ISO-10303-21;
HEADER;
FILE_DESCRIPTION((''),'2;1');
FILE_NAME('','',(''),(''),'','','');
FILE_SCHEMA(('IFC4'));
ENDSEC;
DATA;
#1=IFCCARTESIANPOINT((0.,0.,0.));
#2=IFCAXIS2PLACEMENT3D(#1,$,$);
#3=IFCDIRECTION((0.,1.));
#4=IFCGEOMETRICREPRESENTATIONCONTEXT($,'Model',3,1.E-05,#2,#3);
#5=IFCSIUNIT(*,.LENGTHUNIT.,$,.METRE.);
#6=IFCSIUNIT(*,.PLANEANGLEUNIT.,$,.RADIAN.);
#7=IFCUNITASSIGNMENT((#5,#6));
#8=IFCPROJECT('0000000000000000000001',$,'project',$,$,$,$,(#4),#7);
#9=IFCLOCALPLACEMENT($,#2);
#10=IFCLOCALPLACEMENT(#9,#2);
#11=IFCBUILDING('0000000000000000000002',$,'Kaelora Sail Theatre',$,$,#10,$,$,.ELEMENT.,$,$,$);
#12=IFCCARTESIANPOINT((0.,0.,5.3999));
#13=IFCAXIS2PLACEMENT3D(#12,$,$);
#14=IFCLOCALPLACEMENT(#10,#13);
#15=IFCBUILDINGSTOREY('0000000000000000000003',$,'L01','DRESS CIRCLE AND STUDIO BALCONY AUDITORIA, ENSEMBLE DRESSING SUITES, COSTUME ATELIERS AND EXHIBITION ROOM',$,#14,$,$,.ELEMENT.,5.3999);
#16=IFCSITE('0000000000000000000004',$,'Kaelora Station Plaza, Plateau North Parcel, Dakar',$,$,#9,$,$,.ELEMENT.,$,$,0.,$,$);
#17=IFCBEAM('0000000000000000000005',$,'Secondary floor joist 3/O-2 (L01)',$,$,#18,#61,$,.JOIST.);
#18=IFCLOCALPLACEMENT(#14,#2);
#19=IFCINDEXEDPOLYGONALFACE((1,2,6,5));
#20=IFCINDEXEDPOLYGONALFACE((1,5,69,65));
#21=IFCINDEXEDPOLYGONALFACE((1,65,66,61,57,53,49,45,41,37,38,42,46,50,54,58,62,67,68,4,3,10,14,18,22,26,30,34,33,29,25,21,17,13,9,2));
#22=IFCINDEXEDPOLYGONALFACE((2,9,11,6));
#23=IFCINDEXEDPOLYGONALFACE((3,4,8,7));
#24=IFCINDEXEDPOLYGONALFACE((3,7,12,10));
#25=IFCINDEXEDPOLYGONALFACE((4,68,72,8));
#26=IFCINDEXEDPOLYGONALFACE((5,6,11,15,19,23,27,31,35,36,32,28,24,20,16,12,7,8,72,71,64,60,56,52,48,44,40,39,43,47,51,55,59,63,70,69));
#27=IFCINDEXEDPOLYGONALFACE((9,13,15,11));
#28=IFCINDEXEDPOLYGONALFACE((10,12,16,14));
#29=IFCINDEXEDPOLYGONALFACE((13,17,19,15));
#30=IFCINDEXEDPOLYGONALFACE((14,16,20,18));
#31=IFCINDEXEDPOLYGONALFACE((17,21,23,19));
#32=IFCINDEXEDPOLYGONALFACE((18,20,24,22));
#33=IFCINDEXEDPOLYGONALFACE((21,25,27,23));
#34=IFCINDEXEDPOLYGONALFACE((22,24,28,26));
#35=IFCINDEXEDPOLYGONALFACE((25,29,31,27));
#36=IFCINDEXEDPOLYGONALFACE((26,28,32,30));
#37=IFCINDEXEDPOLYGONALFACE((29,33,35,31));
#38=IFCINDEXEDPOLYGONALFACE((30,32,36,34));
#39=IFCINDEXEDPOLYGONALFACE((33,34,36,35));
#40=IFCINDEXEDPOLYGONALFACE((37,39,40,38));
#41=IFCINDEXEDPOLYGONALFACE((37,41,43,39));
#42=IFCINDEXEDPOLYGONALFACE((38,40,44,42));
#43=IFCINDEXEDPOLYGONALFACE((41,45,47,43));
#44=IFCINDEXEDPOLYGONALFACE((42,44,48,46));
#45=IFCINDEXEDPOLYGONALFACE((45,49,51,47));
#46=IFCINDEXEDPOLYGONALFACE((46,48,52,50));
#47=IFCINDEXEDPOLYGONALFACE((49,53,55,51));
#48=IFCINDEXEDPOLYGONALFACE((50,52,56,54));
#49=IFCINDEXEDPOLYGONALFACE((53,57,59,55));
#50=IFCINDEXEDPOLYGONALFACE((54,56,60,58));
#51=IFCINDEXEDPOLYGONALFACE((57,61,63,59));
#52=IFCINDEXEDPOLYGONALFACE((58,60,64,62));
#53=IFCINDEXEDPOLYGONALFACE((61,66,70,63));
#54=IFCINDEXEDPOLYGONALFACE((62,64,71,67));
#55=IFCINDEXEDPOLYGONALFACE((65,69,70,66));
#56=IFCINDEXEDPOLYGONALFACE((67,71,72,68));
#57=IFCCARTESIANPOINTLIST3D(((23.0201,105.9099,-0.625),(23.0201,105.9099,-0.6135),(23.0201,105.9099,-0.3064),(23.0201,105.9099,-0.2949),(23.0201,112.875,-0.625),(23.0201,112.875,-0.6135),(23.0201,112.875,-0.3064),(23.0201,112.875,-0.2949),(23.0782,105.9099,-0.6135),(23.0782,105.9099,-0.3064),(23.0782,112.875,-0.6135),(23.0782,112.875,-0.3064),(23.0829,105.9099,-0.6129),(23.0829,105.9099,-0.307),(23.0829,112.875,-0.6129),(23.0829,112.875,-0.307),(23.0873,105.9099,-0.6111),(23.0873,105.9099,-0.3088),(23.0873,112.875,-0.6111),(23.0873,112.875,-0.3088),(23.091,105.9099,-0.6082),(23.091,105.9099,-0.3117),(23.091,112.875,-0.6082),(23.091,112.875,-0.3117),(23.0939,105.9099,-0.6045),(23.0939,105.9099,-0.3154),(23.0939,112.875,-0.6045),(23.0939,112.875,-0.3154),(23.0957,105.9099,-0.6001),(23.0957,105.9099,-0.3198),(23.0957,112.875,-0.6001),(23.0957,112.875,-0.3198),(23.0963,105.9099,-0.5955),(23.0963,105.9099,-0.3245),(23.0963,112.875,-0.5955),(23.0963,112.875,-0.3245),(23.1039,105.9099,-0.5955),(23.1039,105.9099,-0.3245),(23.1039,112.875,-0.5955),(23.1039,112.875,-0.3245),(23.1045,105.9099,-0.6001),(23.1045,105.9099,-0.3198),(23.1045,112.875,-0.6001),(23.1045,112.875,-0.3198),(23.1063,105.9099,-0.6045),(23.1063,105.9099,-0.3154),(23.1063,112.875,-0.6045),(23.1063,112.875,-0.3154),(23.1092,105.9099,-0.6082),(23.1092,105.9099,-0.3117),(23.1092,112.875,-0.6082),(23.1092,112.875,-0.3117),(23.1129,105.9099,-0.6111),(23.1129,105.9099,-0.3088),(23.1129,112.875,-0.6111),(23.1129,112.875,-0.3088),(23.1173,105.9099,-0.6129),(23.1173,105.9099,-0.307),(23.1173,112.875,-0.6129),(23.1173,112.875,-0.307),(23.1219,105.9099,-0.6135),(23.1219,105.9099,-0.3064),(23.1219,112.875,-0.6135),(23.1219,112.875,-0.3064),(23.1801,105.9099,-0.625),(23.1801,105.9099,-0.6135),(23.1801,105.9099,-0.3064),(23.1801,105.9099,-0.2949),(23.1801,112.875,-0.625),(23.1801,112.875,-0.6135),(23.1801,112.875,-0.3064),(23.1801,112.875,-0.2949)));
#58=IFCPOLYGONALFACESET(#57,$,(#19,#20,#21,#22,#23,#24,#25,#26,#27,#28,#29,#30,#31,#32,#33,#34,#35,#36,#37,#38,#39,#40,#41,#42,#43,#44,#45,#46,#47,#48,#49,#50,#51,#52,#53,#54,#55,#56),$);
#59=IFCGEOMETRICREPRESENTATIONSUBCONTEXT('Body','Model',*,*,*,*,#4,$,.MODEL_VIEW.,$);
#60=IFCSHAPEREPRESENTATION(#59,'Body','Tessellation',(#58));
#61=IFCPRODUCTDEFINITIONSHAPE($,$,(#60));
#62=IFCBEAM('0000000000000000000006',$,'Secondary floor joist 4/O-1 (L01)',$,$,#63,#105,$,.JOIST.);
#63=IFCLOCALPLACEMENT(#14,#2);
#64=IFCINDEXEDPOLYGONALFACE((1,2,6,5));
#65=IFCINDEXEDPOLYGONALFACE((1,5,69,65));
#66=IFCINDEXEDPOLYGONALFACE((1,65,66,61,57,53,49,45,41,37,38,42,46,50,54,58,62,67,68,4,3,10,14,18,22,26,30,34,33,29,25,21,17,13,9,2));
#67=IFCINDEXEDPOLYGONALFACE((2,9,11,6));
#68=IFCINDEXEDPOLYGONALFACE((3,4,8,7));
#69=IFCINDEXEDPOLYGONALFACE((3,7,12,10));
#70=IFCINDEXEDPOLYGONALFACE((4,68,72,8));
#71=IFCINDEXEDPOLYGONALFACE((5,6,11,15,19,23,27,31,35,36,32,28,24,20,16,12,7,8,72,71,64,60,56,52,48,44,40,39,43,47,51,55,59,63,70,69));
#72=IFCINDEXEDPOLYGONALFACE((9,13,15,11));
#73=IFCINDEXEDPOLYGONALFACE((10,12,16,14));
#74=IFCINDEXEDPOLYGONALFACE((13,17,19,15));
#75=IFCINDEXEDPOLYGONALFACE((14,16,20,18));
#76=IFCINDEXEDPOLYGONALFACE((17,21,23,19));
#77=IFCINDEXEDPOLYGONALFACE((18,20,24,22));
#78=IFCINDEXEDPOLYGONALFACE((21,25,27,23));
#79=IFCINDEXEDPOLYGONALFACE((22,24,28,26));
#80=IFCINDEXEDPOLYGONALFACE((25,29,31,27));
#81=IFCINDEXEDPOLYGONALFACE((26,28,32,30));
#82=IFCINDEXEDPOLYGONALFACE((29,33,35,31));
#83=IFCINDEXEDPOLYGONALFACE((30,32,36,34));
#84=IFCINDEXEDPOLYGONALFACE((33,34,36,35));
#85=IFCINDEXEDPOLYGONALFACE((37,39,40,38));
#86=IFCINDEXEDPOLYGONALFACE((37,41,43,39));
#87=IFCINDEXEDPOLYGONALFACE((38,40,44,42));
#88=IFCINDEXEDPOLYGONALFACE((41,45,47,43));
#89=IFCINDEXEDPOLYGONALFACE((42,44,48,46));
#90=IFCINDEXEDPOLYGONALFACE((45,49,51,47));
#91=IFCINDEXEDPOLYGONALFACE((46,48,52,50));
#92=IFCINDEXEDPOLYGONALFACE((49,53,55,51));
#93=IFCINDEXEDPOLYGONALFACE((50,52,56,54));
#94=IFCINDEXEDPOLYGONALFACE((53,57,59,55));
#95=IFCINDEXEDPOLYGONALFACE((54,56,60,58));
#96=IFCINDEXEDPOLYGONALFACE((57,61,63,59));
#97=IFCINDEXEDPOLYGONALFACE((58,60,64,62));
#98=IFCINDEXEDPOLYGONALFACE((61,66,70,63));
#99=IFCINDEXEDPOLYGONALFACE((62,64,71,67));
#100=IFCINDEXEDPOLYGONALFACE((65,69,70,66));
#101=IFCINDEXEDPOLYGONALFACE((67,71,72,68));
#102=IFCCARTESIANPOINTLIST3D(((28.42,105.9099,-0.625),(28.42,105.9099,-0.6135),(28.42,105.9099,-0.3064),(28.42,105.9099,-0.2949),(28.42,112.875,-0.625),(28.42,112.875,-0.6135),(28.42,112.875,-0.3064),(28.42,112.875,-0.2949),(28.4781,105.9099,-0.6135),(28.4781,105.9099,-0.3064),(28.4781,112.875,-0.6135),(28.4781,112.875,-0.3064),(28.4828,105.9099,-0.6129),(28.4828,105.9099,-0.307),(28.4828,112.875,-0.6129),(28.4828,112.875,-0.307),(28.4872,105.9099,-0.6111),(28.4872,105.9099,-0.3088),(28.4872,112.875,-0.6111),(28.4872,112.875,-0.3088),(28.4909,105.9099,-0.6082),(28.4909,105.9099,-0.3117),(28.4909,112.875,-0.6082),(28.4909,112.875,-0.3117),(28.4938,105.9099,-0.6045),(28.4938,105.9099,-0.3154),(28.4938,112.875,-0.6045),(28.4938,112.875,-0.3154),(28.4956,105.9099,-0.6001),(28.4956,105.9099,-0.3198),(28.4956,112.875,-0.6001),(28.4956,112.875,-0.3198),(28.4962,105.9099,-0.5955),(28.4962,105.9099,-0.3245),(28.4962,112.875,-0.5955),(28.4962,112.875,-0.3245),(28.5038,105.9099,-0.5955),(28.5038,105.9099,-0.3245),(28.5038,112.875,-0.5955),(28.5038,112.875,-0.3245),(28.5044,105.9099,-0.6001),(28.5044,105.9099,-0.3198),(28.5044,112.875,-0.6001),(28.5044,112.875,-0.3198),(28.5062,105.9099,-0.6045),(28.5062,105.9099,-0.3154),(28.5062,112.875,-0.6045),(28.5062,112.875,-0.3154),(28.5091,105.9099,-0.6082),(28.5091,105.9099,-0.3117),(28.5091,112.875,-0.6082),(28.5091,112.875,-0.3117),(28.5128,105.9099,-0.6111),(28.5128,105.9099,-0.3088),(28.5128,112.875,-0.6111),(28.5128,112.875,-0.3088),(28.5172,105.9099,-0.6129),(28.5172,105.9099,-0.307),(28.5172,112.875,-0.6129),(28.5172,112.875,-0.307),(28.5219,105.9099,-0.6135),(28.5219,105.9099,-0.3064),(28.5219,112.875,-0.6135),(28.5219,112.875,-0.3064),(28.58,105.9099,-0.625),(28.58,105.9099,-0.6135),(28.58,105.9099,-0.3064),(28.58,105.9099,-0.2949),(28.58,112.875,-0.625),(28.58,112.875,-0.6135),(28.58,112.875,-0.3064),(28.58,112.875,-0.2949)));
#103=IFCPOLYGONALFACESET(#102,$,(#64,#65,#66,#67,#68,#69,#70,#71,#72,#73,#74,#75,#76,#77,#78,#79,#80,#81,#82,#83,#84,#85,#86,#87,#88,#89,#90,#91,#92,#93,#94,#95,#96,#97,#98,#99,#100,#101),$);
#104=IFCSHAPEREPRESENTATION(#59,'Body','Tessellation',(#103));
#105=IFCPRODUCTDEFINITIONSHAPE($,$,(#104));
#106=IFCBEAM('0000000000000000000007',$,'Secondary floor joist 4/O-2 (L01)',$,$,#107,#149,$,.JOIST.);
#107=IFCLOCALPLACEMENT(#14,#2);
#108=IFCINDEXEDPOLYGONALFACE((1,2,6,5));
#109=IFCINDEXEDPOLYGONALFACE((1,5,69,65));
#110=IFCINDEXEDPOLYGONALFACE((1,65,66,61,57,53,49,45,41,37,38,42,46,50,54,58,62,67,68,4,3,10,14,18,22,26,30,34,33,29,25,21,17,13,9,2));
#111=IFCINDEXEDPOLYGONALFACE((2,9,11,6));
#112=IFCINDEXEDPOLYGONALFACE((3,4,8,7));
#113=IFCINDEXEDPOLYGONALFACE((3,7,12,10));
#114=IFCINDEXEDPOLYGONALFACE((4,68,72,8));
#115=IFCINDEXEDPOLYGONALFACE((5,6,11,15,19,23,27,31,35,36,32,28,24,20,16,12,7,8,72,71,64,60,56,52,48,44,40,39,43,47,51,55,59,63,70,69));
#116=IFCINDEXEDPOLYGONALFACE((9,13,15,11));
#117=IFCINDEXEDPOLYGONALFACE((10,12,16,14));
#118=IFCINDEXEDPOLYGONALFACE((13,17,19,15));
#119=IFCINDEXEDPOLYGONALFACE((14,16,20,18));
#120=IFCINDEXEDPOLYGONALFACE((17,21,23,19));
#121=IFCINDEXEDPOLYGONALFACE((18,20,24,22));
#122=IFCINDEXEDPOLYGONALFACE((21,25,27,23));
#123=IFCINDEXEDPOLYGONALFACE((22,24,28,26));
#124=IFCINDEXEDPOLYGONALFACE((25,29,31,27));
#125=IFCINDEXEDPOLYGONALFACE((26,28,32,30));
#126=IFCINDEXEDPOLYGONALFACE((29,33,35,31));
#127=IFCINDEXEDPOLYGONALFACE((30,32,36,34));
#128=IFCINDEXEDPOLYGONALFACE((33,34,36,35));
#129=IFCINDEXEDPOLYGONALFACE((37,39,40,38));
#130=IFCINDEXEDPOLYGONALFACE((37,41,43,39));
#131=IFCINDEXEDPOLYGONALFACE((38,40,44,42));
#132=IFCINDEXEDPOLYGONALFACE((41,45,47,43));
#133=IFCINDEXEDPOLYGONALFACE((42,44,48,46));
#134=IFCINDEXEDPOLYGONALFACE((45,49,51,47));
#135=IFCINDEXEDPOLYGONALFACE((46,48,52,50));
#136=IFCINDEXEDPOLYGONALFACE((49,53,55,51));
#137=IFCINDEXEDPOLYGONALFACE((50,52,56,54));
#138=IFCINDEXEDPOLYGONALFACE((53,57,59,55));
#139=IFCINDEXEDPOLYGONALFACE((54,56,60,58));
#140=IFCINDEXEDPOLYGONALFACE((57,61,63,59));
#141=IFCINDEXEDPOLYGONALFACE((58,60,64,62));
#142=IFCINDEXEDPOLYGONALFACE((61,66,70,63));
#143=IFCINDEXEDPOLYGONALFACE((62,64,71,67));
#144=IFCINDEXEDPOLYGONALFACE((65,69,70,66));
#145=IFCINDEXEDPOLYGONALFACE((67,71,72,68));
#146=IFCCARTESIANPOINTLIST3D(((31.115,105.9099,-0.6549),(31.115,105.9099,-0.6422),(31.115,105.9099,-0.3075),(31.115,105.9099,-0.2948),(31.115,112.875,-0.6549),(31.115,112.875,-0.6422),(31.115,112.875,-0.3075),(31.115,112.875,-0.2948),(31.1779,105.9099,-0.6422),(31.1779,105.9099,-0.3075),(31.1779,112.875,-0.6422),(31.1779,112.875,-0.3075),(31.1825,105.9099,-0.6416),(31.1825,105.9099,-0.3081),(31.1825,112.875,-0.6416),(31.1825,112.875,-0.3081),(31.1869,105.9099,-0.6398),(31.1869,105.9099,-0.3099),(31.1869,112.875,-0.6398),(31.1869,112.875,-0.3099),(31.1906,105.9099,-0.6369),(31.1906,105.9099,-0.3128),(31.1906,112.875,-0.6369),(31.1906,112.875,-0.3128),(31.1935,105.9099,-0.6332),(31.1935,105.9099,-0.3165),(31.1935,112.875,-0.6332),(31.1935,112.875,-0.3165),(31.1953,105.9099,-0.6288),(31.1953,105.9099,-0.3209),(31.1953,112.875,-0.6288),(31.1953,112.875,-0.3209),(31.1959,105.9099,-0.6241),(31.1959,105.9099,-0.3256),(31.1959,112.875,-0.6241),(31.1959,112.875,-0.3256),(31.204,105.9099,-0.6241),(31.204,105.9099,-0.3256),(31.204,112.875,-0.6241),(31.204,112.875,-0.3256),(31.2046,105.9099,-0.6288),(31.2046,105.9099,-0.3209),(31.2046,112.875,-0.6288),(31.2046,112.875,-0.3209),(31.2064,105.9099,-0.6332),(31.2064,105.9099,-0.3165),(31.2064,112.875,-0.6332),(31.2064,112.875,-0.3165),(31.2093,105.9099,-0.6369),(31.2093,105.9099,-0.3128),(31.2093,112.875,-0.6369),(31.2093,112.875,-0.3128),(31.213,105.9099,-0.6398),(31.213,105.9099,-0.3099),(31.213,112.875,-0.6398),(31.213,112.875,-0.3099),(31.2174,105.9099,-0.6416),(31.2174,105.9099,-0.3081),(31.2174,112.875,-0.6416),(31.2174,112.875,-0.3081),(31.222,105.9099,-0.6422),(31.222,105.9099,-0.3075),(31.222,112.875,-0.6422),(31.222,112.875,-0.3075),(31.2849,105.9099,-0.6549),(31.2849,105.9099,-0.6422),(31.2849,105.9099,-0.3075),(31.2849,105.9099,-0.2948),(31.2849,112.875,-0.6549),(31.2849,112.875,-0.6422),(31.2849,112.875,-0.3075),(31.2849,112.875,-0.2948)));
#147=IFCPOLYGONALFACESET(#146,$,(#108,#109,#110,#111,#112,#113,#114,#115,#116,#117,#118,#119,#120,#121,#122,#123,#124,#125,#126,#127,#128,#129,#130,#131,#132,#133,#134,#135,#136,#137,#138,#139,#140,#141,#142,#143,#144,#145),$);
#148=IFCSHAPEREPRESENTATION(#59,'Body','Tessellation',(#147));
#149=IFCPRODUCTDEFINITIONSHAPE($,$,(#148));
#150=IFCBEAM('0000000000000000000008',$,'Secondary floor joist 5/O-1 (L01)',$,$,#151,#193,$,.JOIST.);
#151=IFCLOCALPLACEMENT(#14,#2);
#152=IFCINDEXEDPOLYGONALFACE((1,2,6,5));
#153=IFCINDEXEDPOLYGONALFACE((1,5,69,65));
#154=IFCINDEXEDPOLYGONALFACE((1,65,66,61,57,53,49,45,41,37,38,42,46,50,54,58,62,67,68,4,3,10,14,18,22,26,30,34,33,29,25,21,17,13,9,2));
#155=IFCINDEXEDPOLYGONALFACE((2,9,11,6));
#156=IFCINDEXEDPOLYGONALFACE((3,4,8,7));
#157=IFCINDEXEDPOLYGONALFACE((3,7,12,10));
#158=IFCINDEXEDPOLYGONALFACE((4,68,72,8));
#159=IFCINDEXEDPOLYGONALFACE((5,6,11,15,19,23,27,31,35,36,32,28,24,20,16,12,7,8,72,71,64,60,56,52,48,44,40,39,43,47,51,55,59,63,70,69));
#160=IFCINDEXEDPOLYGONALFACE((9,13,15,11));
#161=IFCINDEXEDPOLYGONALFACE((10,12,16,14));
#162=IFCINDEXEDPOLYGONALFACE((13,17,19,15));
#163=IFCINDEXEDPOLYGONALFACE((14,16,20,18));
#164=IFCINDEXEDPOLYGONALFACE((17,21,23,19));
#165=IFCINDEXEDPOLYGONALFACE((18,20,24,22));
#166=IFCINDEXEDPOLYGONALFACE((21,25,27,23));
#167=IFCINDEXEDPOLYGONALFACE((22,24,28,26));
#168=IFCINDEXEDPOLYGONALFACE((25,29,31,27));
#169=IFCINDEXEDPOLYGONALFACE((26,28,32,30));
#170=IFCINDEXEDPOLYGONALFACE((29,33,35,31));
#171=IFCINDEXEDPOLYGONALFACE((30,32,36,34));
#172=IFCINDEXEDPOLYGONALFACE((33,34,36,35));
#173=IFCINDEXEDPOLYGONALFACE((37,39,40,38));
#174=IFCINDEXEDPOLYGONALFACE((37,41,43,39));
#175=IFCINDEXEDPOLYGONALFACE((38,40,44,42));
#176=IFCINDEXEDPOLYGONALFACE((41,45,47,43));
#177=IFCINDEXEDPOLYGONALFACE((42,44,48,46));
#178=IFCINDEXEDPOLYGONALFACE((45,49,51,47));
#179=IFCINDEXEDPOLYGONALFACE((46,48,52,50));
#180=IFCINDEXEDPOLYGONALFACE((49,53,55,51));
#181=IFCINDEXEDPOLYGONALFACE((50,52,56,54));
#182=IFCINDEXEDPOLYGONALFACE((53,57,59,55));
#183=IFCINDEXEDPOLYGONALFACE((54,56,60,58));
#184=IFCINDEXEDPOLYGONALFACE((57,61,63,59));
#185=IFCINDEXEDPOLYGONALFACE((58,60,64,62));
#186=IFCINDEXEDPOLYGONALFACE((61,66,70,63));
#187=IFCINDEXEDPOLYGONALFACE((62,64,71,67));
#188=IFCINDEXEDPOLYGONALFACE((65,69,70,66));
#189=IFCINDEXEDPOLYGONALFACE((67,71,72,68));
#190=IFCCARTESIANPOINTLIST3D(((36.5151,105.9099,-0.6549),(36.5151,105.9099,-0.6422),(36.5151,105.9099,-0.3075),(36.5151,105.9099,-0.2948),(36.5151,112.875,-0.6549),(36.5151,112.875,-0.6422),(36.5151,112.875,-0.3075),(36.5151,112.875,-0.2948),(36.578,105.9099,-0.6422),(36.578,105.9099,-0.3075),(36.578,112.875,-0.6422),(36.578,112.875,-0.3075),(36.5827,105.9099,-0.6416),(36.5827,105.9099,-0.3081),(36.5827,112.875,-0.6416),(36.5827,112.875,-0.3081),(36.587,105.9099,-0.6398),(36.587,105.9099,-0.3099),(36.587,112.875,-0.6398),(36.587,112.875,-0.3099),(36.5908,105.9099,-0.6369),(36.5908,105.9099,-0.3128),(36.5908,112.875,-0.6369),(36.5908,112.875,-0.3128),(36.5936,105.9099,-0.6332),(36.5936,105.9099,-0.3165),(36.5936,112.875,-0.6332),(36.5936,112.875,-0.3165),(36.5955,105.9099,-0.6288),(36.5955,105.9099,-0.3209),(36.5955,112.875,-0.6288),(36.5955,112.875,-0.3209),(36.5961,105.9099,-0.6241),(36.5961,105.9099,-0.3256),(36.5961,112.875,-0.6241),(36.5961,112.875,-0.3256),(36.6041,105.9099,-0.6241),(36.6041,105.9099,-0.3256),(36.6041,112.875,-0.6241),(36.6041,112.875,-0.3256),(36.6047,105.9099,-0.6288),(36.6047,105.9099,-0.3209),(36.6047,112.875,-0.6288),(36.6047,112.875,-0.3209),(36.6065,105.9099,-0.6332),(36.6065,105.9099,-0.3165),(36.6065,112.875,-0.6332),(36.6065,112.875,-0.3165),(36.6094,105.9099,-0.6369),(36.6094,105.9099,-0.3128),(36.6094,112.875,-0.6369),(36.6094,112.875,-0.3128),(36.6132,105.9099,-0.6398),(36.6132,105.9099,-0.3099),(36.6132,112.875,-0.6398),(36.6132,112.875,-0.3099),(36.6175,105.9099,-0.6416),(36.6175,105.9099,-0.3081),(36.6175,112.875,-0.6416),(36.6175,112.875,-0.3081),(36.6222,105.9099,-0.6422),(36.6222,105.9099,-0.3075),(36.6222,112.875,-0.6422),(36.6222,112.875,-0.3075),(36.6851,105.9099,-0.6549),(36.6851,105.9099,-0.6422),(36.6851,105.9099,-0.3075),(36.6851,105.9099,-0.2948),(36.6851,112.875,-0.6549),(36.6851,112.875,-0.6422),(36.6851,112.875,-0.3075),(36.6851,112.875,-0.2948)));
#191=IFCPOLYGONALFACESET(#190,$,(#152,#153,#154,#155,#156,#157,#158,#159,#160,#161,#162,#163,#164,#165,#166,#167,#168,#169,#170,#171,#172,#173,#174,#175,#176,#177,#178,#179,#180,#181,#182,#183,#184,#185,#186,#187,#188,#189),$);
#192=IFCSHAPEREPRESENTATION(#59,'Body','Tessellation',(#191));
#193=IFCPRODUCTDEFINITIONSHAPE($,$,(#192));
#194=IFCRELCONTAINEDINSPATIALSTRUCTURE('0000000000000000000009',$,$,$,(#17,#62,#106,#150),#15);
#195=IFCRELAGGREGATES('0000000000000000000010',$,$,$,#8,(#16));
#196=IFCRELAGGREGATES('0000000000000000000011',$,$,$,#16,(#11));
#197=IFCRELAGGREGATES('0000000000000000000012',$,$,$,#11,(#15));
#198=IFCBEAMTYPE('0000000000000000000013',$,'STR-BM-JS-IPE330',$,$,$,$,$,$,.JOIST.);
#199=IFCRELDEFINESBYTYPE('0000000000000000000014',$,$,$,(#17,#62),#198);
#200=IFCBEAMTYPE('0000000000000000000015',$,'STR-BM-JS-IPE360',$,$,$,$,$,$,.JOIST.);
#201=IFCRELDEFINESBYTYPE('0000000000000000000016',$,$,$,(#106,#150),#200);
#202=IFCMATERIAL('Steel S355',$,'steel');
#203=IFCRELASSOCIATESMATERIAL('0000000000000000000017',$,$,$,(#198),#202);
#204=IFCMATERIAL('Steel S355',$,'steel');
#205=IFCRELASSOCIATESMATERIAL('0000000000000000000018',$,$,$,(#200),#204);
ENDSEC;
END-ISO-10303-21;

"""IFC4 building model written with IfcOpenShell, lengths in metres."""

from ifc_helpers import new_model, si_unit, direction, frame, origin, origin_2d, place, context, subcontext, project, spatial, i_section, extrude, material, material_profile, profile_set, type_object, element, save


model = new_model("IFC4")

# Units and contexts
model_context = context("Model", 3, precision=1e-05, world=origin(), true_north=direction((0.0, 1.0)))
body_context = subcontext(model_context, "Body", "Model", "MODEL_VIEW")
ifc_project = project(units=[si_unit("LENGTHUNIT", "METRE"), si_unit("PLANEANGLEUNIT", "RADIAN")], contexts=[model_context])

# Site, building, storey
site_placement = place(None, origin())
site = spatial("IfcSite", under=ifc_project, at=site_placement, Name="Kaelora Station Plaza, Plateau North Parcel, Dakar", CompositionType="ELEMENT", RefElevation=0.0)
building_placement = place(site_placement, origin())
building = spatial("IfcBuilding", under=site, at=building_placement, Name="Kaelora Sail Theatre", CompositionType="ELEMENT")
storey_placement = place(building_placement, frame((0.0, 0.0, 5.3999)))
storey = spatial("IfcBuildingStorey", under=building, at=storey_placement, Name="L01", Description="DRESS CIRCLE AND STUDIO BALCONY AUDITORIA, ENSEMBLE DRESSING SUITES, COSTUME ATELIERS AND EXHIBITION ROOM", CompositionType="ELEMENT", Elevation=5.3999)

# Beams
ifc_material_1 = material(Name="Steel S355", Category="steel")
ifc_material_profile_1 = material_profile(ifc_material_1, i_section(OverallWidth=0.1599, OverallDepth=0.3301, WebThickness=0.0076, FlangeThickness=0.0115, FilletRadius=0.0181, at=origin_2d()), Name="IPE 330")
ifc_profile_set_1 = profile_set([ifc_material_profile_1], Name="Steel S355")
beam_type_1 = type_object("IfcBeamType", Name="STR-BM-JS-IPE330", PredefinedType="JOIST", material=ifc_profile_set_1)
for number, where, z_axis, x_axis, name in (
    (1, (23.1001, 105.9099, -0.46), (0.0, 1.0, 0.0), (-1.0, 0.0, 0.0), "Secondary floor joist 3/O-2 (L01)"),
    (2, (28.5, 105.9099, -0.46), (0.0, 1.0, 0.0), (-1.0, 0.0, 0.0), "Secondary floor joist 4/O-1 (L01)"),
):
    element("IfcBeam", number, at=place(storey_placement, frame(where, z_axis=z_axis, x_axis=x_axis)), inside=storey, type_object=beam_type_1, Name=name, PredefinedType="JOIST", context=body_context, shape_type="SweptSolid", body=[
        extrude(i_section(OverallWidth=0.1599, OverallDepth=0.3301, WebThickness=0.0076, FlangeThickness=0.0115, FilletRadius=0.0181, at=origin_2d()), origin(), (0.0, 0.0, 1.0), 6.9651),
    ])
ifc_material_2 = material(Name="Steel S355", Category="steel")
ifc_material_profile_2 = material_profile(ifc_material_2, i_section(OverallWidth=0.1699, OverallDepth=0.3601, WebThickness=0.0081, FlangeThickness=0.0127, FilletRadius=0.0181, at=origin_2d()), Name="IPE 360")
ifc_profile_set_2 = profile_set([ifc_material_profile_2], Name="Steel S355")
beam_type_2 = type_object("IfcBeamType", Name="STR-BM-JS-IPE360", PredefinedType="JOIST", material=ifc_profile_set_2)
for number, where, z_axis, x_axis, name in (
    (3, (31.2, 105.9099, -0.4749), (0.0, 1.0, 0.0), (-1.0, 0.0, 0.0), "Secondary floor joist 4/O-2 (L01)"),
    (4, (36.6001, 105.9099, -0.4749), (0.0, 1.0, 0.0), (-1.0, 0.0, 0.0), "Secondary floor joist 5/O-1 (L01)"),
):
    element("IfcBeam", number, at=place(storey_placement, frame(where, z_axis=z_axis, x_axis=x_axis)), inside=storey, type_object=beam_type_2, Name=name, PredefinedType="JOIST", context=body_context, shape_type="SweptSolid", body=[
        extrude(i_section(OverallWidth=0.1699, OverallDepth=0.3601, WebThickness=0.0081, FlangeThickness=0.0127, FilletRadius=0.0181, at=origin_2d()), origin(), (0.0, 0.0, 1.0), 6.9651),
    ])

save(model, "model.ifc")
